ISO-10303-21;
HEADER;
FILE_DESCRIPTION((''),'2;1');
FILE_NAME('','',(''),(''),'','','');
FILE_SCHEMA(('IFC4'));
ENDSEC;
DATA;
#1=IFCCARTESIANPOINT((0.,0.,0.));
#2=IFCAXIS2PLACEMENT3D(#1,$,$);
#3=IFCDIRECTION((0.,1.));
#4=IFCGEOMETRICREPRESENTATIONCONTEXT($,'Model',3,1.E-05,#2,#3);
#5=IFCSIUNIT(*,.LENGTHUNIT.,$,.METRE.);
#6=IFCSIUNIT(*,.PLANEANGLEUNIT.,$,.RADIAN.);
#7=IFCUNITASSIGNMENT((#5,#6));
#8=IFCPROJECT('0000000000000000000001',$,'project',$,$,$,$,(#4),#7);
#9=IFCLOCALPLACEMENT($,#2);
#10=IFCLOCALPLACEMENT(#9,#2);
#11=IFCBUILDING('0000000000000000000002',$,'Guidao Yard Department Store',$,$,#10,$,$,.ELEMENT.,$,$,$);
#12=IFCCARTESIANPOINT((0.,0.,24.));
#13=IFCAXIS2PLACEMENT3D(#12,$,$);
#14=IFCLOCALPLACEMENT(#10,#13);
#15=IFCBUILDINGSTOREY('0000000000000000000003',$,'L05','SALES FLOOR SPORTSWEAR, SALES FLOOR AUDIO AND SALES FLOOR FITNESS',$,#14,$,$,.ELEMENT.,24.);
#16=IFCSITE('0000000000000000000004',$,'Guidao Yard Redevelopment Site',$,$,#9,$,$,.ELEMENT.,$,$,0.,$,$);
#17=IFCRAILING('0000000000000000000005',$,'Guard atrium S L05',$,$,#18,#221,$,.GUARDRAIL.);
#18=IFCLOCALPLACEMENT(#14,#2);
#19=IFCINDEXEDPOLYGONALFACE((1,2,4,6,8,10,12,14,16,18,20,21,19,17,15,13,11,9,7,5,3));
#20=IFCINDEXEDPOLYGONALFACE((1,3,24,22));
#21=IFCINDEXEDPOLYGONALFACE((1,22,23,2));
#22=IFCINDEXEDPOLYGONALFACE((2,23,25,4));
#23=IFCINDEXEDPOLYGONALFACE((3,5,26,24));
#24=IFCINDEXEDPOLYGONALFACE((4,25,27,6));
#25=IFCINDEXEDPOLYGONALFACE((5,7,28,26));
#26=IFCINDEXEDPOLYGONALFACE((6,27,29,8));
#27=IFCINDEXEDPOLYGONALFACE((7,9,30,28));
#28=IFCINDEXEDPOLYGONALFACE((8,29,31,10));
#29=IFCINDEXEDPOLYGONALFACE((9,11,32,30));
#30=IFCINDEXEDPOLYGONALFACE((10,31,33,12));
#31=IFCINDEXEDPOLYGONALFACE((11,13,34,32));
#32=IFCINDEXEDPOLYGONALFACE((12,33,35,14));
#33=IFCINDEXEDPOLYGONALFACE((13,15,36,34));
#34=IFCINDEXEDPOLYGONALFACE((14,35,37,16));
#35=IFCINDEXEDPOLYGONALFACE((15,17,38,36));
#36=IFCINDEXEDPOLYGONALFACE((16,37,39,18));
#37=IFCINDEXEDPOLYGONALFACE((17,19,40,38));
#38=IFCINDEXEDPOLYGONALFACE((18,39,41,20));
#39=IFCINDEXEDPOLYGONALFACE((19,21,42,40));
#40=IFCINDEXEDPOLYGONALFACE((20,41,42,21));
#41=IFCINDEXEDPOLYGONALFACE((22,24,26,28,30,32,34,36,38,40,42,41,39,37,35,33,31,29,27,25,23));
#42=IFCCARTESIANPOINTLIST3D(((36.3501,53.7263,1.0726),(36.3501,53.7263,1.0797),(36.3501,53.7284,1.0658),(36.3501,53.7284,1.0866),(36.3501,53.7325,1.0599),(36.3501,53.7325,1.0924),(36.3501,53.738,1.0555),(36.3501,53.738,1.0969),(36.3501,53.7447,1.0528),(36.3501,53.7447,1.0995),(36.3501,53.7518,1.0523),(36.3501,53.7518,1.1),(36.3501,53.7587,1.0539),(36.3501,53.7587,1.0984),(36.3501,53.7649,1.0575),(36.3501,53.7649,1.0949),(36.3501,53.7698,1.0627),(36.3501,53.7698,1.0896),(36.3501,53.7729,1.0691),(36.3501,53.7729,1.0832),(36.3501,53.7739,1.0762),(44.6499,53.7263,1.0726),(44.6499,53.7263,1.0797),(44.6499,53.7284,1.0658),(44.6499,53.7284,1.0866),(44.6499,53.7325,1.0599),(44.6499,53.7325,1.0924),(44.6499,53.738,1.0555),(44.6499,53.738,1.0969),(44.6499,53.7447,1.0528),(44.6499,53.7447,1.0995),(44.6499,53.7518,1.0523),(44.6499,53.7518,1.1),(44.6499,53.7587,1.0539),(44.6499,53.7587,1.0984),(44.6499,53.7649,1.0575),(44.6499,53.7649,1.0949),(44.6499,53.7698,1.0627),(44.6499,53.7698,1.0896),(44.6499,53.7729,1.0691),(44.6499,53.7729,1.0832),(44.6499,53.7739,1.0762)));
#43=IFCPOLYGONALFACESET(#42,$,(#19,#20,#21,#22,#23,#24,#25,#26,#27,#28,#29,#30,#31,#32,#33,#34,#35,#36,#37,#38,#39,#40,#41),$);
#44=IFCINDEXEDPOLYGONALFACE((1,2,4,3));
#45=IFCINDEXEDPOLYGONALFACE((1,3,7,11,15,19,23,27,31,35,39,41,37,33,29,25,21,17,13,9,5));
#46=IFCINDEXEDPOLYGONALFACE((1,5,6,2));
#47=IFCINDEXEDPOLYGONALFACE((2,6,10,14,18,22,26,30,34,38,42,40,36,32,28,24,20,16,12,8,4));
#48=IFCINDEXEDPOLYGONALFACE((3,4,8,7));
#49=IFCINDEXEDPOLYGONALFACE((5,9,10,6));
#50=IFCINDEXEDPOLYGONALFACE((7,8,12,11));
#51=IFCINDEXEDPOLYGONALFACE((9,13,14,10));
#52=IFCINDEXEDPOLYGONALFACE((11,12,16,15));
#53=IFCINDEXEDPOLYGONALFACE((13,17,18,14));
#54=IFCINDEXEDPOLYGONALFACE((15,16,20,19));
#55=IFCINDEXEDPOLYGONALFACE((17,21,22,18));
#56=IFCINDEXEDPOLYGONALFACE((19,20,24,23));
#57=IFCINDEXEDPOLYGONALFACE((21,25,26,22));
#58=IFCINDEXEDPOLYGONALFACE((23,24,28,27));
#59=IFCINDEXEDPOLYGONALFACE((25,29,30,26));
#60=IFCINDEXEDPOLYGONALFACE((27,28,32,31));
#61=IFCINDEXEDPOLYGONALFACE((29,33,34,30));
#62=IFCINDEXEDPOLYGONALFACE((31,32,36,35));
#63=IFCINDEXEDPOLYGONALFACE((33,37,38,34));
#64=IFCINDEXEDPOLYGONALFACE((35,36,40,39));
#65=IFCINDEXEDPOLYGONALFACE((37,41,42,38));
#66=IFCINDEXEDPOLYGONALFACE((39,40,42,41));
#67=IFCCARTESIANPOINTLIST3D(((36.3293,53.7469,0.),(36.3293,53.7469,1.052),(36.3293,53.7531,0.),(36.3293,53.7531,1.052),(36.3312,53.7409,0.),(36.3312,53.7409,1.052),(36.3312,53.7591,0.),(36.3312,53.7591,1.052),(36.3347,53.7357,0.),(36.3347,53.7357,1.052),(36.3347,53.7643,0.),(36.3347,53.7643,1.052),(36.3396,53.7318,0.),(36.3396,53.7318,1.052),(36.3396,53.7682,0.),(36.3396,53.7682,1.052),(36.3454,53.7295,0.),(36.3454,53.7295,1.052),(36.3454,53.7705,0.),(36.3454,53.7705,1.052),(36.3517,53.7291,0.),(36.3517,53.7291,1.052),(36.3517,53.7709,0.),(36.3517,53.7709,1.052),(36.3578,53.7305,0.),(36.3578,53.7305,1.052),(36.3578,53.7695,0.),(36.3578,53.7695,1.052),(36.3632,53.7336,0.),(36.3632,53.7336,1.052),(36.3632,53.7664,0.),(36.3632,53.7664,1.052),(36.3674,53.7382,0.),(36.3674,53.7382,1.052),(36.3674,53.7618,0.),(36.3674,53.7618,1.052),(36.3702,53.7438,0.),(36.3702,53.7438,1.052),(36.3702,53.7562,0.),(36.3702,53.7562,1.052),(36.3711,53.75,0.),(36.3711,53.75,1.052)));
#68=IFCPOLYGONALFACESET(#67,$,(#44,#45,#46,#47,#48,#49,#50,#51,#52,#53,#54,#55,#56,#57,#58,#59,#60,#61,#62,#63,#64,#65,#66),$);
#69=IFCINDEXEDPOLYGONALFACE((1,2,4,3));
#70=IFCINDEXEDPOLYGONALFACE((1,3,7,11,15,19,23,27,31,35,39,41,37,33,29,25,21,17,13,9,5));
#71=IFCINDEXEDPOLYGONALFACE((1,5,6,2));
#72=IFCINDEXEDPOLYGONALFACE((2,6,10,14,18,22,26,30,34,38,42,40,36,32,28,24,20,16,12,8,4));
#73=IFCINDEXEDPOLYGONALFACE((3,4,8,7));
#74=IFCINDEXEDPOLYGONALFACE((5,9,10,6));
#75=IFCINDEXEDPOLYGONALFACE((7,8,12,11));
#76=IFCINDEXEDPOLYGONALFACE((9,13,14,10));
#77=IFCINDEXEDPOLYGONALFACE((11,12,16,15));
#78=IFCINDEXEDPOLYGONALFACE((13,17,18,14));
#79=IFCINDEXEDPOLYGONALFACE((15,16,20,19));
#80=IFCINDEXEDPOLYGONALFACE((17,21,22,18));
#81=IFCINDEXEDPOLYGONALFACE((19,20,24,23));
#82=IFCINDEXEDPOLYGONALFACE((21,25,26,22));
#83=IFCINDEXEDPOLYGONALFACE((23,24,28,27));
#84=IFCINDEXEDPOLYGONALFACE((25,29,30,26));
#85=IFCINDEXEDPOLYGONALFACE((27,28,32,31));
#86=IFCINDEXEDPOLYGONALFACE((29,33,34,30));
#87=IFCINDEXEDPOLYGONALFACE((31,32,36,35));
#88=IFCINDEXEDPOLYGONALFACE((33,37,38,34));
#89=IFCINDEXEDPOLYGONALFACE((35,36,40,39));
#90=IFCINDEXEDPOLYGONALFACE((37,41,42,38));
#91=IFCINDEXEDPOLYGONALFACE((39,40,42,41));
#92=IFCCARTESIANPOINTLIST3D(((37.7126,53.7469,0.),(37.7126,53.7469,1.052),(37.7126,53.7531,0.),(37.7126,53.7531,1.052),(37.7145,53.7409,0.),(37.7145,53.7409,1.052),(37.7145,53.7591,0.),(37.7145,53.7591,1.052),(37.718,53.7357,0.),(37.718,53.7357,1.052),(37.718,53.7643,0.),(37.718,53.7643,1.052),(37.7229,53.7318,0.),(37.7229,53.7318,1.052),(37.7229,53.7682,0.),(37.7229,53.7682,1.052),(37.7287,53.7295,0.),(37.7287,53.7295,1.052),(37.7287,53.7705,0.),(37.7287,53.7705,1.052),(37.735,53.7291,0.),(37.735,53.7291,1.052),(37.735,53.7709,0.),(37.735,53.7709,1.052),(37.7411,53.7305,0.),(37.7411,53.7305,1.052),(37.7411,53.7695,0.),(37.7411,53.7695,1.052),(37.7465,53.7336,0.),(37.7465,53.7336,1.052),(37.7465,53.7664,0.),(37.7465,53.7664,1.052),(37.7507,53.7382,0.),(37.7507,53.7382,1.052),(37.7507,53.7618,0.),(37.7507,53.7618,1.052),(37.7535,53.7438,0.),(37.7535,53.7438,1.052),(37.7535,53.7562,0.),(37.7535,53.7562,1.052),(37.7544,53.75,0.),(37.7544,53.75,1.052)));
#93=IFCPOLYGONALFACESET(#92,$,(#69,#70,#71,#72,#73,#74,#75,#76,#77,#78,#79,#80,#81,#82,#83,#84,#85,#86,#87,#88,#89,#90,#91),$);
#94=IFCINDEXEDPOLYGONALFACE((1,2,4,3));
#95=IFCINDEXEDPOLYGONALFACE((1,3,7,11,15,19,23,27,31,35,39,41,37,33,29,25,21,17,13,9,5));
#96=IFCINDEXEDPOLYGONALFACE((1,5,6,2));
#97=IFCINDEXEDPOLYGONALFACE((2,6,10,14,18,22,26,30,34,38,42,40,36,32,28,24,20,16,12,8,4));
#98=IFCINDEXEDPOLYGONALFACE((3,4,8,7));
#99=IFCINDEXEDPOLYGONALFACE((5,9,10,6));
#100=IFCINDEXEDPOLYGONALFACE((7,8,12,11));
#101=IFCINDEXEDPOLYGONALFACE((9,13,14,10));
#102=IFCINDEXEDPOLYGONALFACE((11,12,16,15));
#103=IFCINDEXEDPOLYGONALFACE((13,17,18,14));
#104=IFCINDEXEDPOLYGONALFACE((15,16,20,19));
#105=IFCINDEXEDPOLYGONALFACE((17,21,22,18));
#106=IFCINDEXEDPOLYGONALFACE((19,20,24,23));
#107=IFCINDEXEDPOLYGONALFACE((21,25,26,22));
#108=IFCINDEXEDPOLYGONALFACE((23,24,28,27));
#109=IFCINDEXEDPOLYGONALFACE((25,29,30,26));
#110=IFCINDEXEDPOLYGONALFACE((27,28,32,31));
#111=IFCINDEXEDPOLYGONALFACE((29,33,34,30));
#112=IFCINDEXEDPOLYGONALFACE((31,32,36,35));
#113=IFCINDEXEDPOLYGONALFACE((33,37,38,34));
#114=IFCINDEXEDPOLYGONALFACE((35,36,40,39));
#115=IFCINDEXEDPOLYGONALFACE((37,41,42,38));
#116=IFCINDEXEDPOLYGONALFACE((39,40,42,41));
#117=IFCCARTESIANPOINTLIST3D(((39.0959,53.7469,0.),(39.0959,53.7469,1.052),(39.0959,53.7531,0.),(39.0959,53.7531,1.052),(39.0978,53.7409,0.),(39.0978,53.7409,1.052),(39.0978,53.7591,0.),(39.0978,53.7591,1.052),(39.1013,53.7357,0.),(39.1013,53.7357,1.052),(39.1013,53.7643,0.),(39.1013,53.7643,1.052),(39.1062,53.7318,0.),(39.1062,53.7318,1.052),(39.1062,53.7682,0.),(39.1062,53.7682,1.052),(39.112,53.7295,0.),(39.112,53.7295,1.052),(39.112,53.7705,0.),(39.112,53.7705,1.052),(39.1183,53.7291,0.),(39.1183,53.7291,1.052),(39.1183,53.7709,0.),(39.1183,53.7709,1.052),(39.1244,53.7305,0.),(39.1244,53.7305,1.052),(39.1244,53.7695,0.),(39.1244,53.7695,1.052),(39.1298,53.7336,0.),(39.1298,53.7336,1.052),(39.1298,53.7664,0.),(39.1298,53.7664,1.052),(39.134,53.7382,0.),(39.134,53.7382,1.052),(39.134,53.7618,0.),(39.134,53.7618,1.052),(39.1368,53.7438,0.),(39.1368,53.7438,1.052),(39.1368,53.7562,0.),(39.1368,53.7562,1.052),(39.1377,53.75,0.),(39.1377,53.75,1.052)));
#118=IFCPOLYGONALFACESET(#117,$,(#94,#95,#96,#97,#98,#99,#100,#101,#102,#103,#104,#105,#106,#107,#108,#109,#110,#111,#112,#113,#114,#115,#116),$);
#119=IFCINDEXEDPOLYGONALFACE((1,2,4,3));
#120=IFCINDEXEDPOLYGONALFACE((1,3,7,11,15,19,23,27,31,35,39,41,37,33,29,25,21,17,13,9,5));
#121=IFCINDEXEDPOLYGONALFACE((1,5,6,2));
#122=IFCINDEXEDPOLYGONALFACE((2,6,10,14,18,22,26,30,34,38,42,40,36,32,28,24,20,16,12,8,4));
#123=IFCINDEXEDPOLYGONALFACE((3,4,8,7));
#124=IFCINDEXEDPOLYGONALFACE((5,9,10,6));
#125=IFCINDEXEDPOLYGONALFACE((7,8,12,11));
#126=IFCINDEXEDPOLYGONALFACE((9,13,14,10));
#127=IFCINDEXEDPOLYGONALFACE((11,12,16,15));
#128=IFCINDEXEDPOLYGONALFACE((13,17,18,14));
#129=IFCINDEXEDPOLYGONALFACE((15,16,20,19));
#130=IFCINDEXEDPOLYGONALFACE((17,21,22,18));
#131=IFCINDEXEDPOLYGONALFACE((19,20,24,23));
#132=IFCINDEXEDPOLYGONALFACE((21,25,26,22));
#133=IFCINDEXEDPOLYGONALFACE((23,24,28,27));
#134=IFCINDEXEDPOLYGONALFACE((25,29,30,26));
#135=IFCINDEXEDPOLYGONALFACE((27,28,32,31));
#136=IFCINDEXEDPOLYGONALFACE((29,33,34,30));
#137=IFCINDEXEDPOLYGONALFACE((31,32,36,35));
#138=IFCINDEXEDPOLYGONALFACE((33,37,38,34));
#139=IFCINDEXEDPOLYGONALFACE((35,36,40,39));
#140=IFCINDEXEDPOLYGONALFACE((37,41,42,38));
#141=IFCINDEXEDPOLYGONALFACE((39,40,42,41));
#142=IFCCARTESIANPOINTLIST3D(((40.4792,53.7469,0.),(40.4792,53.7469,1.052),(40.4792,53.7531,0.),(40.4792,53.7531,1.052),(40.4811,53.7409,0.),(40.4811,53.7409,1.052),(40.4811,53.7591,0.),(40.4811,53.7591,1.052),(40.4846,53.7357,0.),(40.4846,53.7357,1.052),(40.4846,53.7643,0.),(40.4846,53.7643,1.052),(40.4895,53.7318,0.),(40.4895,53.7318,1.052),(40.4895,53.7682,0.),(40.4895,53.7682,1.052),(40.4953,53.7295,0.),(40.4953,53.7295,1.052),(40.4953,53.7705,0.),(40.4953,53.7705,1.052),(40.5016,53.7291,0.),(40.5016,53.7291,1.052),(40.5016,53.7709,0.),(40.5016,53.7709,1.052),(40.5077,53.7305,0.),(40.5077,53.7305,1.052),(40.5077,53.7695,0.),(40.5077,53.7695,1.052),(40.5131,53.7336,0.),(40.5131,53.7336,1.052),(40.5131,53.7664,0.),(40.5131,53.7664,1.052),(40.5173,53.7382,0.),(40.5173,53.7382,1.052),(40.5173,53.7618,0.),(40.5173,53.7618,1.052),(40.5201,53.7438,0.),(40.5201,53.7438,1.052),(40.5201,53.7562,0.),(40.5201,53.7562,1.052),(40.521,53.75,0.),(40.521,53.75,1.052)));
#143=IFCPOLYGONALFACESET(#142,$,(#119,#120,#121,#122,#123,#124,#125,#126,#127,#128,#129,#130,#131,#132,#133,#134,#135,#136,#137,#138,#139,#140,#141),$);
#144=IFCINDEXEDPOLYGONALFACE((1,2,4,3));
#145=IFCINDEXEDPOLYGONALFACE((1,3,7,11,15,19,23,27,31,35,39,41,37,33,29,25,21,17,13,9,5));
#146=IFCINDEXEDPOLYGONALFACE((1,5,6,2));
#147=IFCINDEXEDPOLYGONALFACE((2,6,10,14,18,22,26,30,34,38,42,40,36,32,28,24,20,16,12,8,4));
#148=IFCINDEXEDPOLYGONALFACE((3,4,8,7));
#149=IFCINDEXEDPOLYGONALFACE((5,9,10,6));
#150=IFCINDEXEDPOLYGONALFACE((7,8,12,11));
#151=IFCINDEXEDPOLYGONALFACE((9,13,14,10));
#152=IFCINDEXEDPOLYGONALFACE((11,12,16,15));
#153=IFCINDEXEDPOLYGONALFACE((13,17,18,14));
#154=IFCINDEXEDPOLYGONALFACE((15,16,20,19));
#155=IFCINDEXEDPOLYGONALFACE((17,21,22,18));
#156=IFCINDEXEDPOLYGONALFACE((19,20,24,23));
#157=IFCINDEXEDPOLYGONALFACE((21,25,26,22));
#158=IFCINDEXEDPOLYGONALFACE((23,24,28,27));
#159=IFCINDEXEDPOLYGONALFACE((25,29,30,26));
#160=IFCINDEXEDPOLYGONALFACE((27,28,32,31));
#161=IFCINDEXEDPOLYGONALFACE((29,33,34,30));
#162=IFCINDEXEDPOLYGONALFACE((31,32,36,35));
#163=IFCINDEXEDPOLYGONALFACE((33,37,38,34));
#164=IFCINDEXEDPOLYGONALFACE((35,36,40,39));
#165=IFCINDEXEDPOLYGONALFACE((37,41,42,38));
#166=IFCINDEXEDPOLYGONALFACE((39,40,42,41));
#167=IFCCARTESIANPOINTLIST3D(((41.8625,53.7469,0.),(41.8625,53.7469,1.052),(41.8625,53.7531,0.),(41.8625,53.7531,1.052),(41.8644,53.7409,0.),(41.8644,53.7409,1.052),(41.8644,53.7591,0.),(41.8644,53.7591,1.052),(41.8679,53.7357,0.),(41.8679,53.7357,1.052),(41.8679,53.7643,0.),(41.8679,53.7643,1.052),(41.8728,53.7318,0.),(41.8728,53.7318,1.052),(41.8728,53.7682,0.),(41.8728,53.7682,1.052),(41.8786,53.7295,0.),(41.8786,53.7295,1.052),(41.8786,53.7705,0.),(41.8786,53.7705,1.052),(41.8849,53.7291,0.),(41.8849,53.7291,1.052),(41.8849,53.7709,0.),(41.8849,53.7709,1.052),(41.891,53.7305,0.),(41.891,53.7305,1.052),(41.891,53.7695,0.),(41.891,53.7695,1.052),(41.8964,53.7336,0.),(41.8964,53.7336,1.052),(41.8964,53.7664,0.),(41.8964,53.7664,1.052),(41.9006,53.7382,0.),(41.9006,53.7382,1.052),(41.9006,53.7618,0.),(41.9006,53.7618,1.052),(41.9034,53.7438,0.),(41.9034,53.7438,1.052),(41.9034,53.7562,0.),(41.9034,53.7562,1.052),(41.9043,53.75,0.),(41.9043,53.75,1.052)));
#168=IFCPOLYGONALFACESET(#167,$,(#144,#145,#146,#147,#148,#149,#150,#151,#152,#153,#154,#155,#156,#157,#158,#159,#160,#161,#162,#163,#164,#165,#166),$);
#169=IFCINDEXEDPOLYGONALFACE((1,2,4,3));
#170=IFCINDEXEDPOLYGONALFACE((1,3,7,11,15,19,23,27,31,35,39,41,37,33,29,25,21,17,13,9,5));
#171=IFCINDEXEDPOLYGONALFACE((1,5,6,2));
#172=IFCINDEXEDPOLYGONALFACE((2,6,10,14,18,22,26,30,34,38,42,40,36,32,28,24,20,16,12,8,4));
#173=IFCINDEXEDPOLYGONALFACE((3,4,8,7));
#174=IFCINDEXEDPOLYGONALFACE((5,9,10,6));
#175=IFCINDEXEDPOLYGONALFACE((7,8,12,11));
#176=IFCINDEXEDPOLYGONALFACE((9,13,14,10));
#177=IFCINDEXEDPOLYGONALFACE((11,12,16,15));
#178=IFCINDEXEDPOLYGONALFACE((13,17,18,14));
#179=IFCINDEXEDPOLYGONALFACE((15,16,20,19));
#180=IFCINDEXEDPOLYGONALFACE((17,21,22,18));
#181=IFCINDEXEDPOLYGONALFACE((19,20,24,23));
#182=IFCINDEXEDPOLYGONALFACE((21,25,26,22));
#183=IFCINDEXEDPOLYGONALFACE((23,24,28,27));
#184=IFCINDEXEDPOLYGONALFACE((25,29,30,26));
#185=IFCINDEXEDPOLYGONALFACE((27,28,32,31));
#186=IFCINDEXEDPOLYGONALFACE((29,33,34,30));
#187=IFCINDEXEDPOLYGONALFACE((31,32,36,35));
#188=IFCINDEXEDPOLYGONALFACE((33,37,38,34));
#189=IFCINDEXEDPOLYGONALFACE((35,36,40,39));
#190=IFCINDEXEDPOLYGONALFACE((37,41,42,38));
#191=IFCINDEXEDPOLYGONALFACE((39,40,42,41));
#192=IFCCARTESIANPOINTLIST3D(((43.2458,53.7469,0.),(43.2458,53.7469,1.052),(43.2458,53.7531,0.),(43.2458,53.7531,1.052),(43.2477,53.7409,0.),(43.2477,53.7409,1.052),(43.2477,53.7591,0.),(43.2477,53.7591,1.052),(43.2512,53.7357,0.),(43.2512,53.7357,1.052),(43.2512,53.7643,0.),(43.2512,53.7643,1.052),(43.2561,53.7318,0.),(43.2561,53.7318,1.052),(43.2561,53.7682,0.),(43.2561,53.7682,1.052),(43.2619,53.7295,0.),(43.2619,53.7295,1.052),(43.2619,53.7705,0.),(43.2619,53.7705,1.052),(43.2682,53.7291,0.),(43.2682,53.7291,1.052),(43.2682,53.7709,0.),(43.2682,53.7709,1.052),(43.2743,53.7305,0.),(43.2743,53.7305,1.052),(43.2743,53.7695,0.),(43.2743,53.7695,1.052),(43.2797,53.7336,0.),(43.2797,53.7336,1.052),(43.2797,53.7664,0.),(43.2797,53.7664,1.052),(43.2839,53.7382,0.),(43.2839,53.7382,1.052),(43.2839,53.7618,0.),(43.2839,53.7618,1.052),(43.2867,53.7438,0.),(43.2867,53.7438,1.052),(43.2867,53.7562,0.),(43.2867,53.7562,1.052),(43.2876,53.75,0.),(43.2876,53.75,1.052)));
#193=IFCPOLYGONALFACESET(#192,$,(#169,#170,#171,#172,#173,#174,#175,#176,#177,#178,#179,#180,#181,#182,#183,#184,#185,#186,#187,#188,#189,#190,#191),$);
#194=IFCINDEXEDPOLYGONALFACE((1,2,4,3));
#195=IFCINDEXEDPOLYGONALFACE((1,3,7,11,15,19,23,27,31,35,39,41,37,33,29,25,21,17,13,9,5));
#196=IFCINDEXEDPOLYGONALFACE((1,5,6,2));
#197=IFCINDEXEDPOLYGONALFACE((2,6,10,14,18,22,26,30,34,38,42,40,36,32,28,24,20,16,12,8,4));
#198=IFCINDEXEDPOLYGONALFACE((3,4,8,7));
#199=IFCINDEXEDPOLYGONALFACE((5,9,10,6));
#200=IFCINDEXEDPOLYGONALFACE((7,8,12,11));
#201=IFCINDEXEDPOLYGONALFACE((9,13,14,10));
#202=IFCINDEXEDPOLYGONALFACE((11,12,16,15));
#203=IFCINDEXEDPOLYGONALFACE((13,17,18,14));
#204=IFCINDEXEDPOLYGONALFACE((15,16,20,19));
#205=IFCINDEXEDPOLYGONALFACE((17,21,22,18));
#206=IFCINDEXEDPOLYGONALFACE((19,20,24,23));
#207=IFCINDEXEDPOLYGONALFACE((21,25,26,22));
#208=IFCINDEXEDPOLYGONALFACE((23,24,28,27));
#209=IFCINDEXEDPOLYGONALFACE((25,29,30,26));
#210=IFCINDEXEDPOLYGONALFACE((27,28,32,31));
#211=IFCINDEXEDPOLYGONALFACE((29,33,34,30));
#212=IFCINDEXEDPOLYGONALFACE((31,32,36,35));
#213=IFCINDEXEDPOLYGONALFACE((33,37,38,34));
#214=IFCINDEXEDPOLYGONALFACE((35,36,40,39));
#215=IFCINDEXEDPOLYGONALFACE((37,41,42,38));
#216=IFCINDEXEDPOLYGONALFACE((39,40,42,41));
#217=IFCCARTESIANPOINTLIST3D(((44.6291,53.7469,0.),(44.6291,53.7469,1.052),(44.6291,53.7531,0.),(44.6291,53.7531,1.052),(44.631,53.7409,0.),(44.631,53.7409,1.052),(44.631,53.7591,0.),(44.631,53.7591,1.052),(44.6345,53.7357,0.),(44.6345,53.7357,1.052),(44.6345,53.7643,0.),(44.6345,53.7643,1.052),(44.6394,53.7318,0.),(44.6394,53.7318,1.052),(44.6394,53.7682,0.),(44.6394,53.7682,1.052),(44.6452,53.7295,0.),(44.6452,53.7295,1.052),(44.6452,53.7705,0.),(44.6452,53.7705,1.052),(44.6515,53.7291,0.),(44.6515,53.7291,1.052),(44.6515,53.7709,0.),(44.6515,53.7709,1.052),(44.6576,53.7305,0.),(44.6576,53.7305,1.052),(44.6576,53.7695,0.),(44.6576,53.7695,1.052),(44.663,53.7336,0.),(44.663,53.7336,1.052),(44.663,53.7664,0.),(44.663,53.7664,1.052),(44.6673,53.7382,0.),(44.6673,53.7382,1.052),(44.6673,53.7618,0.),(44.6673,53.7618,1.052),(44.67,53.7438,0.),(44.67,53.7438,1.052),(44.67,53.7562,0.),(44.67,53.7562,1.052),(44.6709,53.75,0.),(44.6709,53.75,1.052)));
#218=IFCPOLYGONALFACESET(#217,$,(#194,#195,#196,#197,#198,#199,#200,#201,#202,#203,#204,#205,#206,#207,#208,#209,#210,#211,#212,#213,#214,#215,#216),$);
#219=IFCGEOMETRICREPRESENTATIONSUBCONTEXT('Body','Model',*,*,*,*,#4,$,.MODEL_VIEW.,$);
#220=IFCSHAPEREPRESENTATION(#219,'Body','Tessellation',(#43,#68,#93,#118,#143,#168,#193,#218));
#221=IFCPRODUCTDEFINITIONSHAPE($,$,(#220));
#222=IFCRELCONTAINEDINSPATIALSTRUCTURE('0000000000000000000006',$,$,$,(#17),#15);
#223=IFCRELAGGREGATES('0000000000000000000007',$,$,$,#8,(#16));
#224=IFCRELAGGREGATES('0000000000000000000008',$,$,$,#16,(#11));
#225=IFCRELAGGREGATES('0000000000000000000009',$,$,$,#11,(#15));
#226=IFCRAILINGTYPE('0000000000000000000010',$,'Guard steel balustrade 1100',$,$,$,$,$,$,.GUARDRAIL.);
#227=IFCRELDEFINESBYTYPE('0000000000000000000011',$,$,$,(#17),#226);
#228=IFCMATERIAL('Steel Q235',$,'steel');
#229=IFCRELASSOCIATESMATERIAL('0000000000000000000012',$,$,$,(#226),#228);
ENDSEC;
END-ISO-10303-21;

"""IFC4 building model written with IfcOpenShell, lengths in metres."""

from ifc_helpers import new_model, si_unit, direction, frame, origin, origin_2d, place, context, subcontext, project, spatial, circle, extrude, material, type_object, element, save


model = new_model("IFC4")

# Units and contexts
model_context = context("Model", 3, precision=1e-05, world=origin(), true_north=direction((0.0, 1.0)))
body_context = subcontext(model_context, "Body", "Model", "MODEL_VIEW")
ifc_project = project(units=[si_unit("LENGTHUNIT", "METRE"), si_unit("PLANEANGLEUNIT", "RADIAN")], contexts=[model_context])

# Site, building, storey
site_placement = place(None, origin())
site = spatial("IfcSite", under=ifc_project, at=site_placement, Name="Guidao Yard Redevelopment Site", CompositionType="ELEMENT", RefElevation=0.0)
building_placement = place(site_placement, origin())
building = spatial("IfcBuilding", under=site, at=building_placement, Name="Guidao Yard Department Store", CompositionType="ELEMENT")
storey_placement = place(building_placement, frame((0.0, 0.0, 24.0)))
storey = spatial("IfcBuildingStorey", under=building, at=storey_placement, Name="L05", Description="SALES FLOOR SPORTSWEAR, SALES FLOOR AUDIO AND SALES FLOOR FITNESS", CompositionType="ELEMENT", Elevation=24.0)

# Railing
ifc_material_1 = material(Name="Steel Q235", Category="steel")
railing_type = type_object("IfcRailingType", Name="Guard steel balustrade 1100", PredefinedType="GUARDRAIL", material=ifc_material_1)
railing_1_placement = place(storey_placement, frame((36.3501, 53.75, 0.0)))
element("IfcRailing", 1, at=railing_1_placement, inside=storey, type_object=railing_type, Name="Guard atrium S L05", PredefinedType="GUARDRAIL", context=body_context, shape_type="SweptSolid", body=[
    extrude(circle(Radius=0.0239, at=origin_2d()), frame((0.0, 0.0, 1.0762), z_axis=(1.0, 0.0, 0.0), x_axis=(0.0, 1.0, 0.0)), (0.0, 0.0, 1.0), 8.2998),
    extrude(circle(Radius=0.021, at=origin_2d()), origin(), (0.0, 0.0, 1.0), 1.052),
    extrude(circle(Radius=0.021, at=origin_2d()), frame((1.3833, 0.0, 0.0)), (0.0, 0.0, 1.0), 1.052),
    extrude(circle(Radius=0.021, at=origin_2d()), frame((2.7666, 0.0, 0.0)), (0.0, 0.0, 1.0), 1.052),
    extrude(circle(Radius=0.021, at=origin_2d()), frame((4.1499, 0.0, 0.0)), (0.0, 0.0, 1.0), 1.052),
    extrude(circle(Radius=0.021, at=origin_2d()), frame((5.5332, 0.0, 0.0)), (0.0, 0.0, 1.0), 1.052),
    extrude(circle(Radius=0.021, at=origin_2d()), frame((6.9165, 0.0, 0.0)), (0.0, 0.0, 1.0), 1.052),
    extrude(circle(Radius=0.021, at=origin_2d()), frame((8.2998, 0.0, 0.0)), (0.0, 0.0, 1.0), 1.052),
])

save(model, "model.ifc")
